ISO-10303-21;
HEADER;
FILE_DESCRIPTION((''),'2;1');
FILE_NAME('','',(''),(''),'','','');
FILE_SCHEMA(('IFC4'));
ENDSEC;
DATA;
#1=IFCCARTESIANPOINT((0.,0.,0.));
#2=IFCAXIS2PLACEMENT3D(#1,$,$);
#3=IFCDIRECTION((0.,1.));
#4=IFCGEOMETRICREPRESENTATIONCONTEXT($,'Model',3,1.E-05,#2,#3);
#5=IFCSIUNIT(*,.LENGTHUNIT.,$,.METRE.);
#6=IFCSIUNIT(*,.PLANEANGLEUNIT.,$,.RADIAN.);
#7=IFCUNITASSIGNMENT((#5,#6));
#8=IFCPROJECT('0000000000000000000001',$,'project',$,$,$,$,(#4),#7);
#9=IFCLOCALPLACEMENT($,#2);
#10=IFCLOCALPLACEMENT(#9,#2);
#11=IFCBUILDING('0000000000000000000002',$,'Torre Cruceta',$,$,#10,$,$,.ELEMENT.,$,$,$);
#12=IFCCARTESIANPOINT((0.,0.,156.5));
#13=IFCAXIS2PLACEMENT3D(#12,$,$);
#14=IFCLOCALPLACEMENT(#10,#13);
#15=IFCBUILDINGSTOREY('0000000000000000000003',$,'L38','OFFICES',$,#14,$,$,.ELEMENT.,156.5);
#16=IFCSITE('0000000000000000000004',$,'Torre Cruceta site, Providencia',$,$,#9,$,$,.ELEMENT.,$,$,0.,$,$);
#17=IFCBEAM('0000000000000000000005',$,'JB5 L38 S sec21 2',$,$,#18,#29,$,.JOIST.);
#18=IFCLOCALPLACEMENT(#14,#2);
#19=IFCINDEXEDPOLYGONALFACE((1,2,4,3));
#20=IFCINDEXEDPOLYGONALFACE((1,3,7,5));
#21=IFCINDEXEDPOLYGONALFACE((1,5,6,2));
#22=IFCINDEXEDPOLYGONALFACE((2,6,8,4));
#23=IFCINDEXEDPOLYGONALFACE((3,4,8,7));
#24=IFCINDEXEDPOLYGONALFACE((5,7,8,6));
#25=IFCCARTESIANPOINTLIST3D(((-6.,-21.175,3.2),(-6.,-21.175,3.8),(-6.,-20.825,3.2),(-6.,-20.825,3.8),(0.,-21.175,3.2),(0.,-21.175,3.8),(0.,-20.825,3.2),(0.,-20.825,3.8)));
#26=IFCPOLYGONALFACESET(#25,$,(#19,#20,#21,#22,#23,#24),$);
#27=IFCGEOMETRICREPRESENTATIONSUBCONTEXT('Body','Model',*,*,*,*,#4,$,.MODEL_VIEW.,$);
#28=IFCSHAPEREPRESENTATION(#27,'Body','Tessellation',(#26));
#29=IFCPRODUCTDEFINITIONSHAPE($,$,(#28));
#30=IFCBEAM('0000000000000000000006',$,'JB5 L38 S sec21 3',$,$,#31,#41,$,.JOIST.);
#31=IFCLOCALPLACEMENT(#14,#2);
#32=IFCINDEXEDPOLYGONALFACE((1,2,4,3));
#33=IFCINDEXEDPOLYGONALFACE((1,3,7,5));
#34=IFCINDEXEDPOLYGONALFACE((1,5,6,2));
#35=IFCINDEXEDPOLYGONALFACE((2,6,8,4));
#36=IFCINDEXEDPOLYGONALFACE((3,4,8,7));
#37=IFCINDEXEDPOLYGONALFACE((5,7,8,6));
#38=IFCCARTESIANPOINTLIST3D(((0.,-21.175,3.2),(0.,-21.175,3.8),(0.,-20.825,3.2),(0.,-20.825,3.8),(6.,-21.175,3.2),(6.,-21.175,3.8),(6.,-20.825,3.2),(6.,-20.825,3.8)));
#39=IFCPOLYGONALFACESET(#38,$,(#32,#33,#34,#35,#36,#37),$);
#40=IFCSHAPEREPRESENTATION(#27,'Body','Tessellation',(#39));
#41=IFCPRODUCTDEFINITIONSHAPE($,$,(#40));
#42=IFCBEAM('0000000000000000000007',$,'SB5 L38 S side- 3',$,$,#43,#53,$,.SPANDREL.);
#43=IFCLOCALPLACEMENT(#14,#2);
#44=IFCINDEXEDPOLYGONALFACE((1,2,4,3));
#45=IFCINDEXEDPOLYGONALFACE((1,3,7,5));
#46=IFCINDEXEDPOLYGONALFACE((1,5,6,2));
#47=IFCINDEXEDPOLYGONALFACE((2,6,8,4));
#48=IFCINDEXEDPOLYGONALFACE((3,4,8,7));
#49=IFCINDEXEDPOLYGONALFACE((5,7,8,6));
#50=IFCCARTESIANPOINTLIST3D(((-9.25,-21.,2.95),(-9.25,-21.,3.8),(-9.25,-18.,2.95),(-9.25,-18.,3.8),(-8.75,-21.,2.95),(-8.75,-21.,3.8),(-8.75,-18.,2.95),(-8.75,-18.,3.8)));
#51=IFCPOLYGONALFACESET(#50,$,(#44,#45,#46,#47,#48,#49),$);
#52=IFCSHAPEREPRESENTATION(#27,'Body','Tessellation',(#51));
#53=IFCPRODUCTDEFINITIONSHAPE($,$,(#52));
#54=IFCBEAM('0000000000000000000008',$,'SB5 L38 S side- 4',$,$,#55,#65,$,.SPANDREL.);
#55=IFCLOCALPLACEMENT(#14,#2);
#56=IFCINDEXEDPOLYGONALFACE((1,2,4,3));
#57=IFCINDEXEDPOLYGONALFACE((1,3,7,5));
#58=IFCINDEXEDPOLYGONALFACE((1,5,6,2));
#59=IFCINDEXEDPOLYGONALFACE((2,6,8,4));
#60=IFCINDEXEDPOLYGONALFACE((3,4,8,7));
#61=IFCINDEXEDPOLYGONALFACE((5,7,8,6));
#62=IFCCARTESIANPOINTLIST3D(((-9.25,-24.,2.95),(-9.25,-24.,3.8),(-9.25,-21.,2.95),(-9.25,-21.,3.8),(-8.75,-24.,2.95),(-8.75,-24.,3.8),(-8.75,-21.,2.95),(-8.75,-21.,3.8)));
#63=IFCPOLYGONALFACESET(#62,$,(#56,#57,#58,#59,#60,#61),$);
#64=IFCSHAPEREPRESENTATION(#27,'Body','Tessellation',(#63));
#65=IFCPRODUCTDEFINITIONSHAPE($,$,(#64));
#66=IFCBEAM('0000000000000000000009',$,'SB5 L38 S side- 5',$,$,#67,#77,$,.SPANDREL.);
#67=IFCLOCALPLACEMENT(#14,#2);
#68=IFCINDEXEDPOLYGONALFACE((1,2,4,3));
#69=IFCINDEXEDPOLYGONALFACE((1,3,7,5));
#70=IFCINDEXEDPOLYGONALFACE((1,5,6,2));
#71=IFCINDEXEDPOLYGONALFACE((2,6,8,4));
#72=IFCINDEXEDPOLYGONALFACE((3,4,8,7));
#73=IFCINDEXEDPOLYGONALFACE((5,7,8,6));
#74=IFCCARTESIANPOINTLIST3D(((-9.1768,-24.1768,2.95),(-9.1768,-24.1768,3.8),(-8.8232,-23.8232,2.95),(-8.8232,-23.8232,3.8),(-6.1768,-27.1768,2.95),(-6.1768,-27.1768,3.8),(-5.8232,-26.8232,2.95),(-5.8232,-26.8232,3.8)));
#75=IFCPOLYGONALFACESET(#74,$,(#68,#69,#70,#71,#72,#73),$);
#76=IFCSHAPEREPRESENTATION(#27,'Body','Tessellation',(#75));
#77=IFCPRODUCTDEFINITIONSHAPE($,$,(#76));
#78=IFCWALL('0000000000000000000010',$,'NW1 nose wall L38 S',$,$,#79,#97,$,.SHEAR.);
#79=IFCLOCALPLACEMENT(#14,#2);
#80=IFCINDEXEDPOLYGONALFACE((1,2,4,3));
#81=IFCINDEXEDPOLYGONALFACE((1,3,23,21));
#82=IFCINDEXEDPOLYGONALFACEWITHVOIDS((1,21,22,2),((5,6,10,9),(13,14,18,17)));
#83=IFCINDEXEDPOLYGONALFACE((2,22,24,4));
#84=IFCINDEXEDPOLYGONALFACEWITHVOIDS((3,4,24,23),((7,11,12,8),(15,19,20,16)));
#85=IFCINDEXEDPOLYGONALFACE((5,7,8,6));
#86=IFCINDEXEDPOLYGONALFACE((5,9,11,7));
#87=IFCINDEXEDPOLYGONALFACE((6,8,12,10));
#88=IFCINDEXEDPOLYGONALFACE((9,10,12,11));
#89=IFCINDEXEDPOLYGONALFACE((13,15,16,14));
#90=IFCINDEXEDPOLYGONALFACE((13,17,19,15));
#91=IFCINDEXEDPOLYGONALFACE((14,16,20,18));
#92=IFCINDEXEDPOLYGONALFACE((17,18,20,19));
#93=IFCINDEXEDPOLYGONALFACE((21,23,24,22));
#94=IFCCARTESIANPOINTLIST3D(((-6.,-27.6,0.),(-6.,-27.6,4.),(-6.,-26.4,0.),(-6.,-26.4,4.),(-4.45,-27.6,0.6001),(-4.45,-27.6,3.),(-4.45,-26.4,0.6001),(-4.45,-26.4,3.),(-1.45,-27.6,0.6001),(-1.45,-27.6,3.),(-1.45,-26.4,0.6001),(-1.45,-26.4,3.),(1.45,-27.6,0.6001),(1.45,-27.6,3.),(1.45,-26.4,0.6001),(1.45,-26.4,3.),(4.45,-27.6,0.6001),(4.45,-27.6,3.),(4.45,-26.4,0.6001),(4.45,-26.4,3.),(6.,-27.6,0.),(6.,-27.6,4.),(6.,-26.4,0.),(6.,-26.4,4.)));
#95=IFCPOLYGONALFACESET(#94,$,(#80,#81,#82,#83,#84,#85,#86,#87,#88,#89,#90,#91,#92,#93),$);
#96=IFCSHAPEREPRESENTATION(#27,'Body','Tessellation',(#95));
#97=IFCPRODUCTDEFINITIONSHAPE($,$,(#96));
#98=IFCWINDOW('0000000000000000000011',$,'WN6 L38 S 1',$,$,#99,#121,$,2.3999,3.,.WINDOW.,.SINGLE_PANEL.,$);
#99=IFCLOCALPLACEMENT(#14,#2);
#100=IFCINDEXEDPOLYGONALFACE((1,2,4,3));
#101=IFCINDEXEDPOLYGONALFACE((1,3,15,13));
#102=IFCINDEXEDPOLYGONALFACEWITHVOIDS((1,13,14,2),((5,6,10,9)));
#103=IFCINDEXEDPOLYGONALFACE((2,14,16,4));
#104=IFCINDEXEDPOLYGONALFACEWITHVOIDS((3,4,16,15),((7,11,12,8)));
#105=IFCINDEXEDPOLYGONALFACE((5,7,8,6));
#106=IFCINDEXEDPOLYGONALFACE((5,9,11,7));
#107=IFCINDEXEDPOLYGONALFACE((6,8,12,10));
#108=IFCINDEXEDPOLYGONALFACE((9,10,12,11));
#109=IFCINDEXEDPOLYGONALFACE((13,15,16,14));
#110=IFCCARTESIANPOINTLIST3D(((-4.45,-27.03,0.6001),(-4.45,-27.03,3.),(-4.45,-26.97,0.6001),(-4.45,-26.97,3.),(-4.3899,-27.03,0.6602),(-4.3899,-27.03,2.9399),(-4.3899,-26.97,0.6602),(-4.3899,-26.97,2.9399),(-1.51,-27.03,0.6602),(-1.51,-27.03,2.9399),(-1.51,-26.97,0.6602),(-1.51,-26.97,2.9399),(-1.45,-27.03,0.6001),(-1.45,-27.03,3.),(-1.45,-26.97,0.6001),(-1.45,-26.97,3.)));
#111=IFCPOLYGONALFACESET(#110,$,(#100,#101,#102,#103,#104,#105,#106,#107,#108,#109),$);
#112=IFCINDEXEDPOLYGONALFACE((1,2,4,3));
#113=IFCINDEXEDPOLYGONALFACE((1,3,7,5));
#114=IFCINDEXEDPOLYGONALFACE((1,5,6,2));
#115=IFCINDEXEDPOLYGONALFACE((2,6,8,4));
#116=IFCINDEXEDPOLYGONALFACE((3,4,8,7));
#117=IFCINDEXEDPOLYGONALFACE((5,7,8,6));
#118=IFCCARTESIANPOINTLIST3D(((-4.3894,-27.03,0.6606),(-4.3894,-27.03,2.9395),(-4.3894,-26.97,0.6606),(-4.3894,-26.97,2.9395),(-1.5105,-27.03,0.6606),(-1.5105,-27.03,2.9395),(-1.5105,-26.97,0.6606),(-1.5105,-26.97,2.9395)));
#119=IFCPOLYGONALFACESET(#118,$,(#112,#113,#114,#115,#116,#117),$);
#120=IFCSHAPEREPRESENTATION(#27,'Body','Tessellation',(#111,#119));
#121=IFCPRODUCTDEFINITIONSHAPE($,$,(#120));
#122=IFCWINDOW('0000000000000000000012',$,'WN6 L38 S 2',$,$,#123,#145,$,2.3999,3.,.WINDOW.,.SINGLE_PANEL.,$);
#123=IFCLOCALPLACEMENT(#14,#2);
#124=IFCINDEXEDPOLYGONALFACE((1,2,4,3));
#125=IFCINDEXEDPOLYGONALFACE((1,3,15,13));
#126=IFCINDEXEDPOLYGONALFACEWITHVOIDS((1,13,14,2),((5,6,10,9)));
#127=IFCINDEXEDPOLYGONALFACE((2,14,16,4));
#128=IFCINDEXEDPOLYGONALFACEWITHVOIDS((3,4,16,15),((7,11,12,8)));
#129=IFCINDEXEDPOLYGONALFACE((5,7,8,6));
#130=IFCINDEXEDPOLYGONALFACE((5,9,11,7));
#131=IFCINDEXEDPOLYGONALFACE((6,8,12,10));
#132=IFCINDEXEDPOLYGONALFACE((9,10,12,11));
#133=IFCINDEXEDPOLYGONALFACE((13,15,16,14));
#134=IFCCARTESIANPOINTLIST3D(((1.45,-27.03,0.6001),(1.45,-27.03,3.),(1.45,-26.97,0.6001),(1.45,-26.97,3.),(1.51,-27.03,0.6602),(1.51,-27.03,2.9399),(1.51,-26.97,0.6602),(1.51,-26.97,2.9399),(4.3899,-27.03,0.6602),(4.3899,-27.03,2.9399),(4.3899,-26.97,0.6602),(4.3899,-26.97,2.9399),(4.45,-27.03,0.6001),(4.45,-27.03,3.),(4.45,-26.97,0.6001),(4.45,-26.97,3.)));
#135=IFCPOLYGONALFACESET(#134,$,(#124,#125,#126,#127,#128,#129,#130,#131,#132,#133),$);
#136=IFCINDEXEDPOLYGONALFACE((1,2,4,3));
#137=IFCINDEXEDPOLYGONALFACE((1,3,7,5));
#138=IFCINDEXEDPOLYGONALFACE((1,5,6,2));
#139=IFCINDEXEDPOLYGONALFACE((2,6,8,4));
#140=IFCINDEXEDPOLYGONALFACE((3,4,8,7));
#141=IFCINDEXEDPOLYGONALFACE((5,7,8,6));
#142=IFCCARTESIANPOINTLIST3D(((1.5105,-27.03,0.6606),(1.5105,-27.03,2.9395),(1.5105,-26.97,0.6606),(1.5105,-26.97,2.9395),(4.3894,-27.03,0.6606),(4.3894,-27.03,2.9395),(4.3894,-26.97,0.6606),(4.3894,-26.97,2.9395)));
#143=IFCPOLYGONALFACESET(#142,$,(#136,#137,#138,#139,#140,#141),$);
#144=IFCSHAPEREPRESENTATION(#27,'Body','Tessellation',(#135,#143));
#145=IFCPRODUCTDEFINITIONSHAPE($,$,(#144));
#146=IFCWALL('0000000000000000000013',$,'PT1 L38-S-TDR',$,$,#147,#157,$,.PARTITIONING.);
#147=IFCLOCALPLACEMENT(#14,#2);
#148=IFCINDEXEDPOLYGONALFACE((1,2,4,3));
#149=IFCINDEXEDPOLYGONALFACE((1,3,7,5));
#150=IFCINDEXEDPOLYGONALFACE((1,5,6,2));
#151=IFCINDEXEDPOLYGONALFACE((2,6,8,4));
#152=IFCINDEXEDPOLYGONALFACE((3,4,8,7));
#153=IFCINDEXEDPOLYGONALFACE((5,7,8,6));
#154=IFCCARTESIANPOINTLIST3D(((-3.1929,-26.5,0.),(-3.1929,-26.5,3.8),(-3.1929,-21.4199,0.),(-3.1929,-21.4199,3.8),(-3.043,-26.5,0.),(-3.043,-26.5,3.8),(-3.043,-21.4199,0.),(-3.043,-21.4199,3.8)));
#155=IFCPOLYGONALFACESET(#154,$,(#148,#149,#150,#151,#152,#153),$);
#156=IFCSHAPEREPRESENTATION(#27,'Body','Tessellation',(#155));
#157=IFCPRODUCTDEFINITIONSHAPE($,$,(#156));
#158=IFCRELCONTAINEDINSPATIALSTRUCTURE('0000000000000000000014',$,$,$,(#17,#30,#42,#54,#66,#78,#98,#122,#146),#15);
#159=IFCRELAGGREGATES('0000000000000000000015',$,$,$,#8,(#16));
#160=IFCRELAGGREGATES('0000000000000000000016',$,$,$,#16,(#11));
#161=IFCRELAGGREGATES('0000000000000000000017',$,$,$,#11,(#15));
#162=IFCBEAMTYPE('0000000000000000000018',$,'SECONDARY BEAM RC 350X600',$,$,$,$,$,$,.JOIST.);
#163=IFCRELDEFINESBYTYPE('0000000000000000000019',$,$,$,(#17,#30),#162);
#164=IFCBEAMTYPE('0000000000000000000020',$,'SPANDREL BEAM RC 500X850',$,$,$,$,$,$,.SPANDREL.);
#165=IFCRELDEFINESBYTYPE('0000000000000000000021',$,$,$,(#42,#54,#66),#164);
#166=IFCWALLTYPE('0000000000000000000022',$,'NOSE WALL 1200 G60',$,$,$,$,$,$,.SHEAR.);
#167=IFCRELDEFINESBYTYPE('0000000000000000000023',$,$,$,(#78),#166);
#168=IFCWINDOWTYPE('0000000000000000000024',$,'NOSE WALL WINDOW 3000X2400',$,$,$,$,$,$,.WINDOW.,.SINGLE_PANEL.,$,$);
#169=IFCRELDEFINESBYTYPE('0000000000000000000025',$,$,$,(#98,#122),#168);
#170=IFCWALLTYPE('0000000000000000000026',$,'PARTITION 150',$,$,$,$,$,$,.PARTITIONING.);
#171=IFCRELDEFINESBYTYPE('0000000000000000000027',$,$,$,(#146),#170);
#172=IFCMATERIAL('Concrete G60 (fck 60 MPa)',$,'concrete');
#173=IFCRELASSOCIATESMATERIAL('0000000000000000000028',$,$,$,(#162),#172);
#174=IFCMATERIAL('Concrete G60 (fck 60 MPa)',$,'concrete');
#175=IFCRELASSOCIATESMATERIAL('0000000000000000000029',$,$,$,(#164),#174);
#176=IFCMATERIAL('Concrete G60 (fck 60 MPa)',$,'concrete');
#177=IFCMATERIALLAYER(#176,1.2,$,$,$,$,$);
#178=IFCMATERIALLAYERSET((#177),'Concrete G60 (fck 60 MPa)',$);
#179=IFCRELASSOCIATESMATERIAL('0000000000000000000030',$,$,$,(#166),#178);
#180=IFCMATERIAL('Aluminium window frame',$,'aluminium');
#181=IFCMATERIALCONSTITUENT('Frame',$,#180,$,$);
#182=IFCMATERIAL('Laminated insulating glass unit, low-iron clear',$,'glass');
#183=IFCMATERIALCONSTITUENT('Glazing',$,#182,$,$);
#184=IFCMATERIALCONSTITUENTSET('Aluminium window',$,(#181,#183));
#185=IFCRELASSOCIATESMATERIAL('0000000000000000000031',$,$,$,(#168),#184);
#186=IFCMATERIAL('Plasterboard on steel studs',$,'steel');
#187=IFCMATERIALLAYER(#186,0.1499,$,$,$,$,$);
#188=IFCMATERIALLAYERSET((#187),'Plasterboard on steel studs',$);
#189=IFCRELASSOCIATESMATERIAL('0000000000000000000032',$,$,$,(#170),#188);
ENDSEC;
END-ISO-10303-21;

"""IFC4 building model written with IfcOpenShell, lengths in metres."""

from ifc_helpers import new_model, si_unit, direction, frame, frame_2d, origin, origin_2d, place, context, subcontext, project, spatial, rectangle, hollow_rectangle, extrude, material, layer, layer_set, constituent, constituent_set, material_profile, profile_set, type_object, element, fill, save


model = new_model("IFC4")

# Units and contexts
model_context = context("Model", 3, precision=1e-05, world=origin(), true_north=direction((0.0, 1.0)))
body_context = subcontext(model_context, "Body", "Model", "MODEL_VIEW")
ifc_project = project(units=[si_unit("LENGTHUNIT", "METRE"), si_unit("PLANEANGLEUNIT", "RADIAN")], contexts=[model_context])

# Site, building, storey
site_placement = place(None, origin())
site = spatial("IfcSite", under=ifc_project, at=site_placement, Name="Torre Cruceta site, Providencia", CompositionType="ELEMENT", RefElevation=0.0)
building_placement = place(site_placement, origin())
building = spatial("IfcBuilding", under=site, at=building_placement, Name="Torre Cruceta", CompositionType="ELEMENT")
storey_placement = place(building_placement, frame((0.0, 0.0, 156.5)))
storey = spatial("IfcBuildingStorey", under=building, at=storey_placement, Name="L38", Description="OFFICES", CompositionType="ELEMENT", Elevation=156.5)

# Beams
ifc_material_1 = material(Name="Concrete G60 (fck 60 MPa)", Category="concrete")
ifc_material_profile_1 = material_profile(ifc_material_1, rectangle(XDim=0.3501, YDim=0.6001, at=origin_2d()), Name="RC 350X600")
ifc_profile_set_1 = profile_set([ifc_material_profile_1], Name="Concrete G60 (fck 60 MPa)")
beam_type_1 = type_object("IfcBeamType", Name="SECONDARY BEAM RC 350X600", PredefinedType="JOIST", material=ifc_profile_set_1)
for number, where, z_axis, x_axis, name in (
    (1, (-6.0, -21.0, 3.5), (1.0, 0.0, 0.0), (0.0, 1.0, 0.0), "JB5 L38 S sec21 2"),
    (2, (0.0, -21.0, 3.5), (1.0, 0.0, 0.0), (0.0, 1.0, 0.0), "JB5 L38 S sec21 3"),
):
    element("IfcBeam", number, at=place(storey_placement, frame(where, z_axis=z_axis, x_axis=x_axis)), inside=storey, type_object=beam_type_1, Name=name, PredefinedType="JOIST", context=body_context, shape_type="SweptSolid", body=[
        extrude(rectangle(XDim=0.3501, YDim=0.6001, at=origin_2d()), origin(), (0.0, 0.0, 1.0), 6.0),
    ])
ifc_material_2 = material(Name="Concrete G60 (fck 60 MPa)", Category="concrete")
ifc_material_profile_2 = material_profile(ifc_material_2, rectangle(XDim=0.5, YDim=0.8501, at=origin_2d()), Name="RC 500X850")
ifc_profile_set_2 = profile_set([ifc_material_profile_2], Name="Concrete G60 (fck 60 MPa)")
beam_type_2 = type_object("IfcBeamType", Name="SPANDREL BEAM RC 500X850", PredefinedType="SPANDREL", material=ifc_profile_set_2)
for number, where, z_axis, x_axis, name in (
    (3, (-9.0, -18.0, 3.375), (0.0, -1.0, 0.0), (1.0, 0.0, 0.0), "SB5 L38 S side- 3"),
    (4, (-9.0, -21.0, 3.375), (0.0, -1.0, 0.0), (1.0, 0.0, 0.0), "SB5 L38 S side- 4"),
):
    element("IfcBeam", number, at=place(storey_placement, frame(where, z_axis=z_axis, x_axis=x_axis)), inside=storey, type_object=beam_type_2, Name=name, PredefinedType="SPANDREL", context=body_context, shape_type="SweptSolid", body=[
        extrude(rectangle(XDim=0.5, YDim=0.8501, at=origin_2d()), origin(), (0.0, 0.0, 1.0), 3.0),
    ])
beam_1_placement = place(storey_placement, frame((-9.0, -24.0, 3.375), z_axis=(0.707107, -0.707107, 0.0), x_axis=(0.707107, 0.707107, 0.0)))
element("IfcBeam", 5, at=beam_1_placement, inside=storey, type_object=beam_type_2, Name="SB5 L38 S side- 5", PredefinedType="SPANDREL", context=body_context, shape_type="SweptSolid", body=[
    extrude(rectangle(XDim=0.5, YDim=0.8501, at=origin_2d()), origin(), (0.0, 0.0, 1.0), 4.2427),
])

# Wall, openings, windows
ifc_material_3 = material(Name="Concrete G60 (fck 60 MPa)", Category="concrete")
ifc_layer_1 = layer(ifc_material_3, 1.2)
ifc_layer_set_1 = layer_set([ifc_layer_1], Name="Concrete G60 (fck 60 MPa)")
wall_type_1 = type_object("IfcWallType", Name="NOSE WALL 1200 G60", PredefinedType="SHEAR", material=ifc_layer_set_1)
wall_1_placement = place(storey_placement, frame((-6.0, -27.0, 0.0), z_axis=(0.0, 0.0, 1.0), x_axis=(1.0, 0.0, 0.0)))
wall_1 = element("IfcWall", 6, at=wall_1_placement, inside=storey, type_object=wall_type_1, Name="NW1 nose wall L38 S", PredefinedType="SHEAR", context=body_context, shape_type="SweptSolid", body=[
    extrude(rectangle(XDim=12.0, YDim=1.2, at=frame_2d((6.0, 0.0))), origin(), (0.0, 0.0, 1.0), 4.0),
])
opening_1_placement = place(wall_1_placement, frame((1.55, 0.0, 0.6001)))
opening_1 = element("IfcOpeningElement", 7, at=opening_1_placement, cuts=wall_1, PredefinedType="OPENING", context=body_context, shape_type="SweptSolid", body=[
    extrude(rectangle(XDim=3.0, YDim=2.3999, at=frame_2d((1.5, 1.2))), frame((0.0, 0.6099, 0.0), z_axis=(0.0, -1.0, 0.0), x_axis=(1.0, 0.0, 0.0)), (0.0, 0.0, 1.0), 1.22),
])
opening_2_placement = place(wall_1_placement, frame((7.45, 0.0, 0.6001)))
opening_2 = element("IfcOpeningElement", 8, at=opening_2_placement, cuts=wall_1, PredefinedType="OPENING", context=body_context, shape_type="SweptSolid", body=[
    extrude(rectangle(XDim=3.0, YDim=2.3999, at=frame_2d((1.5, 1.2))), frame((0.0, 0.6099, 0.0), z_axis=(0.0, -1.0, 0.0), x_axis=(1.0, 0.0, 0.0)), (0.0, 0.0, 1.0), 1.22),
])
ifc_material_4 = material(Name="Aluminium window frame", Category="aluminium")
ifc_constituent_1 = constituent(ifc_material_4, Name="Frame")
ifc_material_5 = material(Name="Laminated insulating glass unit, low-iron clear", Category="glass")
ifc_constituent_2 = constituent(ifc_material_5, Name="Glazing")
ifc_constituent_set_1 = constituent_set(constituents=[ifc_constituent_1, ifc_constituent_2], Name="Aluminium window")
window_type = type_object("IfcWindowType", Name="NOSE WALL WINDOW 3000X2400", PartitioningType="SINGLE_PANEL", PredefinedType="WINDOW", material=ifc_constituent_set_1)
window_1_placement = place(opening_1_placement, origin())
window_1 = element("IfcWindow", 9, at=window_1_placement, inside=storey, type_object=window_type, Name="WN6 L38 S 1", OverallHeight=2.3999, OverallWidth=3.0, PartitioningType="SINGLE_PANEL", PredefinedType="WINDOW", context=body_context, shape_type="SweptSolid", body=[
    extrude(hollow_rectangle(XDim=3.0, YDim=2.3999, WallThickness=0.0601, at=frame_2d((1.5, 1.2))), frame((0.0, 0.03, 0.0), z_axis=(0.0, -1.0, 0.0), x_axis=(1.0, 0.0, 0.0)), (0.0, 0.0, 1.0), 0.0601),
    extrude(rectangle(XDim=2.8789, YDim=2.2788, at=frame_2d((1.5, 1.2))), frame((0.0, 0.03, 0.0), z_axis=(0.0, -1.0, 0.0), x_axis=(1.0, 0.0, 0.0)), (0.0, 0.0, 1.0), 0.0601),
])
fill(opening_1, window_1)
window_2_placement = place(opening_2_placement, origin())
window_2 = element("IfcWindow", 10, at=window_2_placement, inside=storey, type_object=window_type, Name="WN6 L38 S 2", OverallHeight=2.3999, OverallWidth=3.0, PartitioningType="SINGLE_PANEL", PredefinedType="WINDOW", context=body_context, shape_type="SweptSolid", body=[
    extrude(hollow_rectangle(XDim=3.0, YDim=2.3999, WallThickness=0.0601, at=frame_2d((1.5, 1.2))), frame((0.0, 0.03, 0.0), z_axis=(0.0, -1.0, 0.0), x_axis=(1.0, 0.0, 0.0)), (0.0, 0.0, 1.0), 0.0601),
    extrude(rectangle(XDim=2.8789, YDim=2.2788, at=frame_2d((1.5, 1.2))), frame((0.0, 0.03, 0.0), z_axis=(0.0, -1.0, 0.0), x_axis=(1.0, 0.0, 0.0)), (0.0, 0.0, 1.0), 0.0601),
])
fill(opening_2, window_2)

# Wall
ifc_material_6 = material(Name="Plasterboard on steel studs", Category="steel")
ifc_layer_2 = layer(ifc_material_6, 0.1499)
ifc_layer_set_2 = layer_set([ifc_layer_2], Name="Plasterboard on steel studs")
wall_type_2 = type_object("IfcWallType", Name="PARTITION 150", PredefinedType="PARTITIONING", material=ifc_layer_set_2)
wall_2_placement = place(storey_placement, frame((-3.1179, -21.4199, 0.0), z_axis=(0.0, 0.0, 1.0), x_axis=(0.0, -1.0, 0.0)))
element("IfcWall", 11, at=wall_2_placement, inside=storey, type_object=wall_type_2, Name="PT1 L38-S-TDR", PredefinedType="PARTITIONING", context=body_context, shape_type="SweptSolid", body=[
    extrude(rectangle(XDim=5.0801, YDim=0.1499, at=frame_2d((2.54, 0.0))), origin(), (0.0, 0.0, 1.0), 3.8),
])

save(model, "model.ifc")
